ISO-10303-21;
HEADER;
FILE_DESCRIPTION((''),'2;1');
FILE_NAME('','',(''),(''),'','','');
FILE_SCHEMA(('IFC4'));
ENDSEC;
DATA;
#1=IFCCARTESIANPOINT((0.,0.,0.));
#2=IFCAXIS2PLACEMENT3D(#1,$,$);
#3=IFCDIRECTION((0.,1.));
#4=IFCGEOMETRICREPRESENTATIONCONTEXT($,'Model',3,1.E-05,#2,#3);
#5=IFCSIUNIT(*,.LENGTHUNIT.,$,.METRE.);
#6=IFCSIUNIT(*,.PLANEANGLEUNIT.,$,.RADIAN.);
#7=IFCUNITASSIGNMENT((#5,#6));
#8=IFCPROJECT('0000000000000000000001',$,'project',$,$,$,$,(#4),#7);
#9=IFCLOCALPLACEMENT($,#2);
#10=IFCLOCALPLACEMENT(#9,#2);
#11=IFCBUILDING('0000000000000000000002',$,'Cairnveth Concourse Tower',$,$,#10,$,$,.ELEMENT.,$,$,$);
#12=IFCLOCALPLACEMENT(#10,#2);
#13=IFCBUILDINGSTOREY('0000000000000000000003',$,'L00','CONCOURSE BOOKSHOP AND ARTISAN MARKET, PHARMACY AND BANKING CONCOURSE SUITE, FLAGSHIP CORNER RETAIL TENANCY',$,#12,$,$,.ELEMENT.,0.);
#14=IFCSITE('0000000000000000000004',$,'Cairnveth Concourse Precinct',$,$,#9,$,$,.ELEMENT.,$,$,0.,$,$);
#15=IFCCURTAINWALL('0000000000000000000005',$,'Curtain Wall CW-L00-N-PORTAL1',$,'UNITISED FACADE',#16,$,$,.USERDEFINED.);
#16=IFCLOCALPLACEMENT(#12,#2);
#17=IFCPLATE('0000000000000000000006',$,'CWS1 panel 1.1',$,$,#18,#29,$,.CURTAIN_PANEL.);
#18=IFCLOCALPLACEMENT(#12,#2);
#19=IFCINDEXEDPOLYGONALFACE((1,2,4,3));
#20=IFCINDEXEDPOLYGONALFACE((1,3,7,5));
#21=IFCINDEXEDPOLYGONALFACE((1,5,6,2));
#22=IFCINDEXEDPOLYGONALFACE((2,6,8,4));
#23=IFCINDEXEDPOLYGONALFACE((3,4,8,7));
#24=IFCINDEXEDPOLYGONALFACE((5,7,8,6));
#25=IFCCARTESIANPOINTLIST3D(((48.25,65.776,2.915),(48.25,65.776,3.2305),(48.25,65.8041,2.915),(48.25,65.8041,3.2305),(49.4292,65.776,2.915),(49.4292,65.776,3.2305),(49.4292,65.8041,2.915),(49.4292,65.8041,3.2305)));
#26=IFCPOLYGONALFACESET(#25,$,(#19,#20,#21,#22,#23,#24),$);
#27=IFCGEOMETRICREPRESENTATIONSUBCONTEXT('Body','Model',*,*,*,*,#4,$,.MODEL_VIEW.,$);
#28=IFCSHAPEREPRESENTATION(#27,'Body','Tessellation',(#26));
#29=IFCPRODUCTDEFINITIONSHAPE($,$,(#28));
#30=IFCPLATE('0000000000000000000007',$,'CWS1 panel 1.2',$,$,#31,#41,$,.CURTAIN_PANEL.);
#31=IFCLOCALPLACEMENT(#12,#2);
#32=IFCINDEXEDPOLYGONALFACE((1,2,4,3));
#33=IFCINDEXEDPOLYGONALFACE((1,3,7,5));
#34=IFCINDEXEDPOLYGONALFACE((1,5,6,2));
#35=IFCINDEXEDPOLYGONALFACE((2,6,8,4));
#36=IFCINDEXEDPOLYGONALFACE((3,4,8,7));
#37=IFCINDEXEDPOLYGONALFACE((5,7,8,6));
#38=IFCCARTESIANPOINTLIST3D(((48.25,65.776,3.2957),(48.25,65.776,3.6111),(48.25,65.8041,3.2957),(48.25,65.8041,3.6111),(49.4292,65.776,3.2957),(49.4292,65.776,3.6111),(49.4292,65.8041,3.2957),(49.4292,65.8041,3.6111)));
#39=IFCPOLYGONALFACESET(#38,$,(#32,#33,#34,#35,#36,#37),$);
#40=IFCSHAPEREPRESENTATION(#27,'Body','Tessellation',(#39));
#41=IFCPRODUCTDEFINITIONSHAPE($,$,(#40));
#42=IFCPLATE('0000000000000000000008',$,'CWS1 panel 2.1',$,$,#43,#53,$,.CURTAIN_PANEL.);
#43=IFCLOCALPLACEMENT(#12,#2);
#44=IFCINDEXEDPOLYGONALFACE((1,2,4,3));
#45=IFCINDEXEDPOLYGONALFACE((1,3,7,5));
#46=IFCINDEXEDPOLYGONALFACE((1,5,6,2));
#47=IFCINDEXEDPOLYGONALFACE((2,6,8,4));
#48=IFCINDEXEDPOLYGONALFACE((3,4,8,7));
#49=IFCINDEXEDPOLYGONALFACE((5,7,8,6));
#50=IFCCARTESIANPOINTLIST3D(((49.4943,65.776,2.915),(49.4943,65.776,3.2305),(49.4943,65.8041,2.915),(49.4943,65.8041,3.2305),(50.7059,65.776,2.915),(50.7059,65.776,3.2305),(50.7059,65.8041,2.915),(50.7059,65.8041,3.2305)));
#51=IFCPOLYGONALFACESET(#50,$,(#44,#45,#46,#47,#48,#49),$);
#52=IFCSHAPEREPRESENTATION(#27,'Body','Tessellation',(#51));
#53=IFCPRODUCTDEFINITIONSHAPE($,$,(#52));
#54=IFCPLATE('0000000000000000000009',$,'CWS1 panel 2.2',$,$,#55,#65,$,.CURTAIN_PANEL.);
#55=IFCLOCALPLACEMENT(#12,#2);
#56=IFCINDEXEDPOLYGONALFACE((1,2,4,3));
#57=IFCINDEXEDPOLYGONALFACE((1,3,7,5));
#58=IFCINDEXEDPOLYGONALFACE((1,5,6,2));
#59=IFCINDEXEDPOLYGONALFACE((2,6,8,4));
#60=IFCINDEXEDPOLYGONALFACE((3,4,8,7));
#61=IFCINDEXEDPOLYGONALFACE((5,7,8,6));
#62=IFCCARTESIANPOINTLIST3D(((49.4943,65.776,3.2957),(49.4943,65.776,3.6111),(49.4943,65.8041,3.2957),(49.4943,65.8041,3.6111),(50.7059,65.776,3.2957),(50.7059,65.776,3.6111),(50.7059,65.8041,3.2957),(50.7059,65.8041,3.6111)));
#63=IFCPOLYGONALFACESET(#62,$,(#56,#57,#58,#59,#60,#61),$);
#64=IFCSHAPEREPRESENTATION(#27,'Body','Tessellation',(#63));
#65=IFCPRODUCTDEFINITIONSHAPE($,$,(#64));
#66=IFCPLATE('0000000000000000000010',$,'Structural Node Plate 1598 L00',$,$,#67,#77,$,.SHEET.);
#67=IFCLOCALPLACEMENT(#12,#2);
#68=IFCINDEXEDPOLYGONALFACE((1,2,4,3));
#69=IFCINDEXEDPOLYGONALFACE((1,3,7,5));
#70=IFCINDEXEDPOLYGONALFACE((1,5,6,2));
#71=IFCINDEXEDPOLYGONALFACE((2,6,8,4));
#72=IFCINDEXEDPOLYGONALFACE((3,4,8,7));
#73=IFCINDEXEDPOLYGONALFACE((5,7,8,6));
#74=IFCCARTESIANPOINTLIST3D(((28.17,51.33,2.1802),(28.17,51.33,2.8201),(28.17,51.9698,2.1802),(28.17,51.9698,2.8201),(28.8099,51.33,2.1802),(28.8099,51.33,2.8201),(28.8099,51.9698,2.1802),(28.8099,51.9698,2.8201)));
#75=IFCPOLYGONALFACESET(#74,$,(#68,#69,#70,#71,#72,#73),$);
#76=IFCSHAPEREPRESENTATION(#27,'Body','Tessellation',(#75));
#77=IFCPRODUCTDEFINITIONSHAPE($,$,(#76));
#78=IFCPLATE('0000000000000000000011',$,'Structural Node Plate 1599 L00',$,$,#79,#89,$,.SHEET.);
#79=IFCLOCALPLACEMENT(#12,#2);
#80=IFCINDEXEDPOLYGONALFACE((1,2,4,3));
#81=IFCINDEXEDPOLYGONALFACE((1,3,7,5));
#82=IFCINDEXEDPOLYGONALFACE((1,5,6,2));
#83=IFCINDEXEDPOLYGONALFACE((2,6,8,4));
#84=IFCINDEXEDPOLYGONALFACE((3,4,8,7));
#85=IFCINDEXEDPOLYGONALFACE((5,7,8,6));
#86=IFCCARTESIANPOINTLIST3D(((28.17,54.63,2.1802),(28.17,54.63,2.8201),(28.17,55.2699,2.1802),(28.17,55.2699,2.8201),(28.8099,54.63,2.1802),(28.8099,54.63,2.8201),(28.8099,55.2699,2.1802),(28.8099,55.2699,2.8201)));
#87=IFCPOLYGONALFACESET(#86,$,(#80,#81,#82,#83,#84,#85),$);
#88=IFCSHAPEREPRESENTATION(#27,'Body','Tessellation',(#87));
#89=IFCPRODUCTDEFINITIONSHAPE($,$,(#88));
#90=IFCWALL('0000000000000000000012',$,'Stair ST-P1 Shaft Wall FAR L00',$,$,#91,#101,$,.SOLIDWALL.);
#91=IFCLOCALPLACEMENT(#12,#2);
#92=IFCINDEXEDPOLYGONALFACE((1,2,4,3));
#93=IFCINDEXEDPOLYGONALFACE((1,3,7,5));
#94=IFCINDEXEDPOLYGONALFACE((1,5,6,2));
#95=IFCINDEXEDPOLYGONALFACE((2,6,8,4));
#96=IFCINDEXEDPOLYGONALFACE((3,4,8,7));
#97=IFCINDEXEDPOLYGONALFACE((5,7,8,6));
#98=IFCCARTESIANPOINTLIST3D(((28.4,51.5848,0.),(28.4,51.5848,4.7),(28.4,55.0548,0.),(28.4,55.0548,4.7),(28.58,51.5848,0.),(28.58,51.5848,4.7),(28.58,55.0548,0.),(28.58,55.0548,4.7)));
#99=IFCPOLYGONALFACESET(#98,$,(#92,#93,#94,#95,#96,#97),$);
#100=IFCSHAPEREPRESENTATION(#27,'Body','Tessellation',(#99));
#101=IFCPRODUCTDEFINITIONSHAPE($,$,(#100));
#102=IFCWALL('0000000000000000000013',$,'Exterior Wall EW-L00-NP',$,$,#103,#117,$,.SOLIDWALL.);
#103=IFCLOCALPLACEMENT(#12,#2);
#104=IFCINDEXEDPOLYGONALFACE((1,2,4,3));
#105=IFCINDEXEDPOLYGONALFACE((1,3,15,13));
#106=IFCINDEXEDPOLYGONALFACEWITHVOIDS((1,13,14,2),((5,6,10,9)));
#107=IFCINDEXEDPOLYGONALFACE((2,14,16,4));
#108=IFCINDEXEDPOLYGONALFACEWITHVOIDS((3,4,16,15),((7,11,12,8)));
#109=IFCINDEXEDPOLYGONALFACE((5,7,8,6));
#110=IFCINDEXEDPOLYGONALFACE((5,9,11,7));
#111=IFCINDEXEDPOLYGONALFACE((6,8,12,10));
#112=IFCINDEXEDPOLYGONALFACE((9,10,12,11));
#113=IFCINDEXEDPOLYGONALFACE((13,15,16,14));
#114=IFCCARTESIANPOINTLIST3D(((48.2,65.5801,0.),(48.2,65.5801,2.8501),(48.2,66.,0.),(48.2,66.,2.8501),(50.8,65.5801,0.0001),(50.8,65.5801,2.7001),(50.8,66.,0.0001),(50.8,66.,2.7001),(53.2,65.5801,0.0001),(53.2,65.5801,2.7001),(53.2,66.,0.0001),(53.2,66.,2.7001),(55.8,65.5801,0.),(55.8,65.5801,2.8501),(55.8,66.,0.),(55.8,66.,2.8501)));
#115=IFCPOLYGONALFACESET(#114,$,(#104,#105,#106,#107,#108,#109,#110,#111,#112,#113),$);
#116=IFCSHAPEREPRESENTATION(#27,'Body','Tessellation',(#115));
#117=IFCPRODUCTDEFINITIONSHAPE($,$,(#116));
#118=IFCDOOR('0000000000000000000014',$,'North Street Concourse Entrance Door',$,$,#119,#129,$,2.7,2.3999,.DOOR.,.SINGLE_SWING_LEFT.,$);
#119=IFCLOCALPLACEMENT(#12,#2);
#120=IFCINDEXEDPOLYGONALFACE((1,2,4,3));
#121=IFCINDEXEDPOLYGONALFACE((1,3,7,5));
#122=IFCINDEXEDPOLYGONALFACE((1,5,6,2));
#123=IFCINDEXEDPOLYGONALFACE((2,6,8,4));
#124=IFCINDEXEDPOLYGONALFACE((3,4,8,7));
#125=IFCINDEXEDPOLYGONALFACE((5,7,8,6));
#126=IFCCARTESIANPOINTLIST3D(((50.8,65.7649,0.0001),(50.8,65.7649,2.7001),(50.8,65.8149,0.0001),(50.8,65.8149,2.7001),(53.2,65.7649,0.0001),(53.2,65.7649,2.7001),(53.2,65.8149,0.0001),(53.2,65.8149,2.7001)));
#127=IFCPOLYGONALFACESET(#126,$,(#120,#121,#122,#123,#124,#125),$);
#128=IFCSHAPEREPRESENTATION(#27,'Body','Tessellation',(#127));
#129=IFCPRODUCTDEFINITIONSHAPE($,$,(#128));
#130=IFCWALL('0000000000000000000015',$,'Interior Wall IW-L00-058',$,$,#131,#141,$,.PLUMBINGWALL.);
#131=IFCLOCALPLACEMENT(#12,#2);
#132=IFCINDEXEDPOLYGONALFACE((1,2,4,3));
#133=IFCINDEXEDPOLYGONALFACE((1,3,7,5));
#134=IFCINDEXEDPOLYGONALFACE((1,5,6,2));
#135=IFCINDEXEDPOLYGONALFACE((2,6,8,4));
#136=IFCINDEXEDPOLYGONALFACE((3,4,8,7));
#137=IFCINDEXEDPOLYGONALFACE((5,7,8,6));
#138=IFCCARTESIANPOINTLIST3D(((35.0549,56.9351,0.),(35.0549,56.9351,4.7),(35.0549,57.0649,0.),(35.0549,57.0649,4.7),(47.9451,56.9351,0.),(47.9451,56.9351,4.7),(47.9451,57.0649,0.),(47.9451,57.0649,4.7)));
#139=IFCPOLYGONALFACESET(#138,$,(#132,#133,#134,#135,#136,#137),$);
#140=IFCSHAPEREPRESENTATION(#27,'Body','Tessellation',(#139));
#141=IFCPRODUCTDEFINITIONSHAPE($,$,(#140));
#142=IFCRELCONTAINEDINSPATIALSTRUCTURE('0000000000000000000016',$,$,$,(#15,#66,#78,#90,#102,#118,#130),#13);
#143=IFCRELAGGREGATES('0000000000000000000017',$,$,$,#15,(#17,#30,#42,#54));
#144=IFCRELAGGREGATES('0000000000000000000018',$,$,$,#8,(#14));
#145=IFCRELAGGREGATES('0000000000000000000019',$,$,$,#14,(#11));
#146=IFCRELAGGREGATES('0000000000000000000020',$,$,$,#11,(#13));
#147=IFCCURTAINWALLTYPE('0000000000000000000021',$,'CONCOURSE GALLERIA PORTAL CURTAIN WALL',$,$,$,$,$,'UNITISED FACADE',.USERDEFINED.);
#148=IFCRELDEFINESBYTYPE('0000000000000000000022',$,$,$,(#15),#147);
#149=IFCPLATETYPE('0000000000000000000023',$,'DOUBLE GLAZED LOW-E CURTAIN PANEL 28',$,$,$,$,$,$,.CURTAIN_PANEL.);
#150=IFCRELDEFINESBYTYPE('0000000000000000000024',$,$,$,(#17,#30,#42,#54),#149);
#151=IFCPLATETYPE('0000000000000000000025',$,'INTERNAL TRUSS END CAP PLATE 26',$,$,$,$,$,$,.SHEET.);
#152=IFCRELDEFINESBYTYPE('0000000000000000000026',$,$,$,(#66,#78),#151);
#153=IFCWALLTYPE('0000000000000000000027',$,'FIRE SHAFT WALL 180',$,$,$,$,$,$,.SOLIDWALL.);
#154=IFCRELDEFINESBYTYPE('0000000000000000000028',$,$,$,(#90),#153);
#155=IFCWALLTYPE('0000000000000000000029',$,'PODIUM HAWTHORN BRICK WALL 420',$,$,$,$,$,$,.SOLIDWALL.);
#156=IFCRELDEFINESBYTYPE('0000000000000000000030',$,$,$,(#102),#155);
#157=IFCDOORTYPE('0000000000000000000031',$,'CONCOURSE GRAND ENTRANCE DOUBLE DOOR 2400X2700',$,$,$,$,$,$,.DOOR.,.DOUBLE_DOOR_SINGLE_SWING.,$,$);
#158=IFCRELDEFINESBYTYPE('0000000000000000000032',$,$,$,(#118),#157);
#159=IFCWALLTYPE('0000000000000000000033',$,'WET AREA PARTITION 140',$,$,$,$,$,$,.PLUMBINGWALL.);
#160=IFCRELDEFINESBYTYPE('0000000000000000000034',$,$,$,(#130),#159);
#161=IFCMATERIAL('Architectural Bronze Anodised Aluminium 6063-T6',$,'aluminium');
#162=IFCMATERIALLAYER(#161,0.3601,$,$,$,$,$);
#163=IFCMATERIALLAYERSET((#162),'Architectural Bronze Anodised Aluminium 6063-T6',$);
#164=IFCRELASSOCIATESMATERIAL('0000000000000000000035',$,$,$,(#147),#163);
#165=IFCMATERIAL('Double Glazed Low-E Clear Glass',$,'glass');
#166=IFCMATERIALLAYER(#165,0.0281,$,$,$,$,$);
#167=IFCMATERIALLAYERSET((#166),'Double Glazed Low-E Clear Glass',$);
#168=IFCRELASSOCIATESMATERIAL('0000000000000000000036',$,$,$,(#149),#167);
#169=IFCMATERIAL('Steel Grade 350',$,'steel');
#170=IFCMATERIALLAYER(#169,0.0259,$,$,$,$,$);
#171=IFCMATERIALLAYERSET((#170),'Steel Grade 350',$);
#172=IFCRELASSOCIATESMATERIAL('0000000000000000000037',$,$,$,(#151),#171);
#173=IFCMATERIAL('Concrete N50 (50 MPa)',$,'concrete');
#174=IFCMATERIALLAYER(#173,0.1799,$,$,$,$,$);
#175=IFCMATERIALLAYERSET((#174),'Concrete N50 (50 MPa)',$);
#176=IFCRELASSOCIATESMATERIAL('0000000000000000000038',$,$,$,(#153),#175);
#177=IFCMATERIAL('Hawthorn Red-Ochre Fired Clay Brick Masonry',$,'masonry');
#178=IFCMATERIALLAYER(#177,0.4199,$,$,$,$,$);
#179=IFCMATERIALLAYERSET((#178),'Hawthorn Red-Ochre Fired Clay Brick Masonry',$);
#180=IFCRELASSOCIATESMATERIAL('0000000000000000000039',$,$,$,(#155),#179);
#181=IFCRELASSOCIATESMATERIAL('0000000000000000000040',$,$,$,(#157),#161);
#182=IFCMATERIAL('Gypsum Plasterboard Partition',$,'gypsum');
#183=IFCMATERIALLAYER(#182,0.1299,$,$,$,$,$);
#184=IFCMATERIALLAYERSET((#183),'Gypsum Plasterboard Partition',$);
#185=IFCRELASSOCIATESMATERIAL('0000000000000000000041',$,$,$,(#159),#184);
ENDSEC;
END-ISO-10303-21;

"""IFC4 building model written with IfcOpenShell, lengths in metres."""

from ifc_helpers import new_model, si_unit, direction, frame, frame_2d, origin, origin_2d, place, context, subcontext, project, spatial, rectangle, extrude, material, layer, layer_set, type_object, element, fill, aggregate, save


model = new_model("IFC4")

# Units and contexts
model_context = context("Model", 3, precision=1e-05, world=origin(), true_north=direction((0.0, 1.0)))
body_context = subcontext(model_context, "Body", "Model", "MODEL_VIEW")
ifc_project = project(units=[si_unit("LENGTHUNIT", "METRE"), si_unit("PLANEANGLEUNIT", "RADIAN")], contexts=[model_context])

# Site, building, storey
site_placement = place(None, origin())
site = spatial("IfcSite", under=ifc_project, at=site_placement, Name="Cairnveth Concourse Precinct", CompositionType="ELEMENT", RefElevation=0.0)
building_placement = place(site_placement, origin())
building = spatial("IfcBuilding", under=site, at=building_placement, Name="Cairnveth Concourse Tower", CompositionType="ELEMENT")
storey_placement = place(building_placement, origin())
storey = spatial("IfcBuildingStorey", under=building, at=storey_placement, Name="L00", Description="CONCOURSE BOOKSHOP AND ARTISAN MARKET, PHARMACY AND BANKING CONCOURSE SUITE, FLAGSHIP CORNER RETAIL TENANCY", CompositionType="ELEMENT", Elevation=0.0)

# Curtain wall
ifc_material_1 = material(Name="Architectural Bronze Anodised Aluminium 6063-T6", Category="aluminium")
ifc_layer_1 = layer(ifc_material_1, 0.3601)
ifc_layer_set_1 = layer_set([ifc_layer_1], Name="Architectural Bronze Anodised Aluminium 6063-T6")
curtain_wall_type = type_object("IfcCurtainWallType", Name="CONCOURSE GALLERIA PORTAL CURTAIN WALL", ElementType="UNITISED FACADE", PredefinedType="USERDEFINED", material=ifc_layer_set_1)
curtain_wall_placement = place(storey_placement, origin())
curtain_wall = element("IfcCurtainWall", 1, at=curtain_wall_placement, inside=storey, type_object=curtain_wall_type, Name="Curtain Wall CW-L00-N-PORTAL1", ObjectType="UNITISED FACADE", PredefinedType="USERDEFINED")

# Shared definitions
ifc_material_2 = material(Name="Steel Grade 350", Category="steel")

# Plates
ifc_material_3 = material(Name="Double Glazed Low-E Clear Glass", Category="glass")
ifc_layer_2 = layer(ifc_material_3, 0.0281)
ifc_layer_set_2 = layer_set([ifc_layer_2], Name="Double Glazed Low-E Clear Glass")
plate_type_1 = type_object("IfcPlateType", Name="DOUBLE GLAZED LOW-E CURTAIN PANEL 28", PredefinedType="CURTAIN_PANEL", material=ifc_layer_set_2)
plate_1_placement = place(storey_placement, frame((48.8396, 65.79, 2.915), z_axis=(0.0, 0.0, 1.0), x_axis=(1.0, 0.0, 0.0)))
plate_1 = element("IfcPlate", 2, at=plate_1_placement, type_object=plate_type_1, Name="CWS1 panel 1.1", PredefinedType="CURTAIN_PANEL", context=body_context, shape_type="SweptSolid", body=[
    extrude(rectangle(XDim=1.1792, YDim=0.0281, at=origin_2d()), origin(), (0.0, 0.0, 1.0), 0.3154),
])
plate_2_placement = place(storey_placement, frame((48.8396, 65.79, 3.2957), z_axis=(0.0, 0.0, 1.0), x_axis=(1.0, 0.0, 0.0)))
plate_2 = element("IfcPlate", 3, at=plate_2_placement, type_object=plate_type_1, Name="CWS1 panel 1.2", PredefinedType="CURTAIN_PANEL", context=body_context, shape_type="SweptSolid", body=[
    extrude(rectangle(XDim=1.1792, YDim=0.0281, at=origin_2d()), origin(), (0.0, 0.0, 1.0), 0.3154),
])
plate_3_placement = place(storey_placement, frame((50.1001, 65.79, 2.915), z_axis=(0.0, 0.0, 1.0), x_axis=(1.0, 0.0, 0.0)))
plate_3 = element("IfcPlate", 4, at=plate_3_placement, type_object=plate_type_1, Name="CWS1 panel 2.1", PredefinedType="CURTAIN_PANEL", context=body_context, shape_type="SweptSolid", body=[
    extrude(rectangle(XDim=1.2117, YDim=0.0281, at=origin_2d()), origin(), (0.0, 0.0, 1.0), 0.3154),
])
plate_4_placement = place(storey_placement, frame((50.1001, 65.79, 3.2957), z_axis=(0.0, 0.0, 1.0), x_axis=(1.0, 0.0, 0.0)))
plate_4 = element("IfcPlate", 5, at=plate_4_placement, type_object=plate_type_1, Name="CWS1 panel 2.2", PredefinedType="CURTAIN_PANEL", context=body_context, shape_type="SweptSolid", body=[
    extrude(rectangle(XDim=1.2117, YDim=0.0281, at=origin_2d()), origin(), (0.0, 0.0, 1.0), 0.3154),
])
aggregate(curtain_wall, [plate_1, plate_2, plate_3, plate_4])

# Plates
ifc_layer_3 = layer(ifc_material_2, 0.0259)
ifc_layer_set_3 = layer_set([ifc_layer_3], Name="Steel Grade 350")
plate_type_2 = type_object("IfcPlateType", Name="INTERNAL TRUSS END CAP PLATE 26", PredefinedType="SHEET", material=ifc_layer_set_3)
for number, where, z_axis, x_axis, name in (
    (6, (28.49, 51.6499, 2.1802), (0.0, 0.0, 1.0), (1.0, 0.0, 0.0), "Structural Node Plate 1598 L00"),
    (7, (28.49, 54.95, 2.1802), (0.0, 0.0, 1.0), (1.0, 0.0, 0.0), "Structural Node Plate 1599 L00"),
):
    element("IfcPlate", number, at=place(storey_placement, frame(where, z_axis=z_axis, x_axis=x_axis)), inside=storey, type_object=plate_type_2, Name=name, PredefinedType="SHEET", context=body_context, shape_type="SweptSolid", body=[
        extrude(rectangle(XDim=0.6399, YDim=0.6399, at=origin_2d()), origin(), (0.0, 0.0, 1.0), 0.6399),
    ])

# Wall
ifc_material_4 = material(Name="Concrete N50 (50 MPa)", Category="concrete")
ifc_layer_4 = layer(ifc_material_4, 0.1799)
ifc_layer_set_4 = layer_set([ifc_layer_4], Name="Concrete N50 (50 MPa)")
wall_type_1 = type_object("IfcWallType", Name="FIRE SHAFT WALL 180", PredefinedType="SOLIDWALL", material=ifc_layer_set_4)
wall_1_placement = place(storey_placement, frame((28.49, 51.585, 0.0), z_axis=(0.0, 0.0, 1.0), x_axis=(0.0, 1.0, 0.0)))
element("IfcWall", 8, at=wall_1_placement, inside=storey, type_object=wall_type_1, Name="Stair ST-P1 Shaft Wall FAR L00", PredefinedType="SOLIDWALL", context=body_context, shape_type="SweptSolid", body=[
    extrude(rectangle(XDim=3.47, YDim=0.1799, at=frame_2d((1.7349, 0.0))), origin(), (0.0, 0.0, 1.0), 4.7),
])

# Wall, opening, door
ifc_material_5 = material(Name="Hawthorn Red-Ochre Fired Clay Brick Masonry", Category="masonry")
ifc_layer_5 = layer(ifc_material_5, 0.4199)
ifc_layer_set_5 = layer_set([ifc_layer_5], Name="Hawthorn Red-Ochre Fired Clay Brick Masonry")
wall_type_2 = type_object("IfcWallType", Name="PODIUM HAWTHORN BRICK WALL 420", PredefinedType="SOLIDWALL", material=ifc_layer_set_5)
wall_2_placement = place(storey_placement, frame((48.2, 65.79, 0.0), z_axis=(0.0, 0.0, 1.0), x_axis=(1.0, 0.0, 0.0)))
wall_2 = element("IfcWall", 9, at=wall_2_placement, inside=storey, type_object=wall_type_2, Name="Exterior Wall EW-L00-NP", PredefinedType="SOLIDWALL", context=body_context, shape_type="SweptSolid", body=[
    extrude(rectangle(XDim=7.6001, YDim=0.4199, at=frame_2d((3.8, 0.0))), origin(), (0.0, 0.0, 1.0), 2.8501),
])
opening_placement = place(wall_2_placement, frame((2.6001, 0.0, 0.0)))
opening = element("IfcOpeningElement", 10, at=opening_placement, cuts=wall_2, PredefinedType="OPENING", context=body_context, shape_type="SweptSolid", body=[
    extrude(rectangle(XDim=2.3999, YDim=2.7, at=frame_2d((1.2, 1.3501))), frame((0.0, 0.22, 0.0), z_axis=(0.0, -1.0, 0.0), x_axis=(1.0, 0.0, 0.0)), (0.0, 0.0, 1.0), 0.4399),
])
door_type = type_object("IfcDoorType", Name="CONCOURSE GRAND ENTRANCE DOUBLE DOOR 2400X2700", OperationType="DOUBLE_DOOR_SINGLE_SWING", PredefinedType="DOOR", material=ifc_material_1)
door_placement = place(opening_placement, origin())
door = element("IfcDoor", 11, at=door_placement, inside=storey, type_object=door_type, Name="North Street Concourse Entrance Door", OperationType="SINGLE_SWING_LEFT", OverallHeight=2.7, OverallWidth=2.3999, PredefinedType="DOOR", context=body_context, shape_type="SweptSolid", body=[
    extrude(rectangle(XDim=2.3999, YDim=2.7, at=frame_2d((1.2, 1.3501))), frame((0.0, 0.0249, 0.0), z_axis=(0.0, -1.0, 0.0), x_axis=(1.0, 0.0, 0.0)), (0.0, 0.0, 1.0), 0.05),
])
fill(opening, door)

# Wall
ifc_material_6 = material(Name="Gypsum Plasterboard Partition", Category="gypsum")
ifc_layer_6 = layer(ifc_material_6, 0.1299)
ifc_layer_set_6 = layer_set([ifc_layer_6], Name="Gypsum Plasterboard Partition")
wall_type_3 = type_object("IfcWallType", Name="WET AREA PARTITION 140", PredefinedType="PLUMBINGWALL", material=ifc_layer_set_6)
wall_3_placement = place(storey_placement, frame((35.0549, 57.0, 0.0), z_axis=(0.0, 0.0, 1.0), x_axis=(1.0, 0.0, 0.0)))
element("IfcWall", 12, at=wall_3_placement, inside=storey, type_object=wall_type_3, Name="Interior Wall IW-L00-058", PredefinedType="PLUMBINGWALL", context=body_context, shape_type="SweptSolid", body=[
    extrude(rectangle(XDim=12.8901, YDim=0.1299, at=frame_2d((6.4451, 0.0))), origin(), (0.0, 0.0, 1.0), 4.7),
])

save(model, "model.ifc")
